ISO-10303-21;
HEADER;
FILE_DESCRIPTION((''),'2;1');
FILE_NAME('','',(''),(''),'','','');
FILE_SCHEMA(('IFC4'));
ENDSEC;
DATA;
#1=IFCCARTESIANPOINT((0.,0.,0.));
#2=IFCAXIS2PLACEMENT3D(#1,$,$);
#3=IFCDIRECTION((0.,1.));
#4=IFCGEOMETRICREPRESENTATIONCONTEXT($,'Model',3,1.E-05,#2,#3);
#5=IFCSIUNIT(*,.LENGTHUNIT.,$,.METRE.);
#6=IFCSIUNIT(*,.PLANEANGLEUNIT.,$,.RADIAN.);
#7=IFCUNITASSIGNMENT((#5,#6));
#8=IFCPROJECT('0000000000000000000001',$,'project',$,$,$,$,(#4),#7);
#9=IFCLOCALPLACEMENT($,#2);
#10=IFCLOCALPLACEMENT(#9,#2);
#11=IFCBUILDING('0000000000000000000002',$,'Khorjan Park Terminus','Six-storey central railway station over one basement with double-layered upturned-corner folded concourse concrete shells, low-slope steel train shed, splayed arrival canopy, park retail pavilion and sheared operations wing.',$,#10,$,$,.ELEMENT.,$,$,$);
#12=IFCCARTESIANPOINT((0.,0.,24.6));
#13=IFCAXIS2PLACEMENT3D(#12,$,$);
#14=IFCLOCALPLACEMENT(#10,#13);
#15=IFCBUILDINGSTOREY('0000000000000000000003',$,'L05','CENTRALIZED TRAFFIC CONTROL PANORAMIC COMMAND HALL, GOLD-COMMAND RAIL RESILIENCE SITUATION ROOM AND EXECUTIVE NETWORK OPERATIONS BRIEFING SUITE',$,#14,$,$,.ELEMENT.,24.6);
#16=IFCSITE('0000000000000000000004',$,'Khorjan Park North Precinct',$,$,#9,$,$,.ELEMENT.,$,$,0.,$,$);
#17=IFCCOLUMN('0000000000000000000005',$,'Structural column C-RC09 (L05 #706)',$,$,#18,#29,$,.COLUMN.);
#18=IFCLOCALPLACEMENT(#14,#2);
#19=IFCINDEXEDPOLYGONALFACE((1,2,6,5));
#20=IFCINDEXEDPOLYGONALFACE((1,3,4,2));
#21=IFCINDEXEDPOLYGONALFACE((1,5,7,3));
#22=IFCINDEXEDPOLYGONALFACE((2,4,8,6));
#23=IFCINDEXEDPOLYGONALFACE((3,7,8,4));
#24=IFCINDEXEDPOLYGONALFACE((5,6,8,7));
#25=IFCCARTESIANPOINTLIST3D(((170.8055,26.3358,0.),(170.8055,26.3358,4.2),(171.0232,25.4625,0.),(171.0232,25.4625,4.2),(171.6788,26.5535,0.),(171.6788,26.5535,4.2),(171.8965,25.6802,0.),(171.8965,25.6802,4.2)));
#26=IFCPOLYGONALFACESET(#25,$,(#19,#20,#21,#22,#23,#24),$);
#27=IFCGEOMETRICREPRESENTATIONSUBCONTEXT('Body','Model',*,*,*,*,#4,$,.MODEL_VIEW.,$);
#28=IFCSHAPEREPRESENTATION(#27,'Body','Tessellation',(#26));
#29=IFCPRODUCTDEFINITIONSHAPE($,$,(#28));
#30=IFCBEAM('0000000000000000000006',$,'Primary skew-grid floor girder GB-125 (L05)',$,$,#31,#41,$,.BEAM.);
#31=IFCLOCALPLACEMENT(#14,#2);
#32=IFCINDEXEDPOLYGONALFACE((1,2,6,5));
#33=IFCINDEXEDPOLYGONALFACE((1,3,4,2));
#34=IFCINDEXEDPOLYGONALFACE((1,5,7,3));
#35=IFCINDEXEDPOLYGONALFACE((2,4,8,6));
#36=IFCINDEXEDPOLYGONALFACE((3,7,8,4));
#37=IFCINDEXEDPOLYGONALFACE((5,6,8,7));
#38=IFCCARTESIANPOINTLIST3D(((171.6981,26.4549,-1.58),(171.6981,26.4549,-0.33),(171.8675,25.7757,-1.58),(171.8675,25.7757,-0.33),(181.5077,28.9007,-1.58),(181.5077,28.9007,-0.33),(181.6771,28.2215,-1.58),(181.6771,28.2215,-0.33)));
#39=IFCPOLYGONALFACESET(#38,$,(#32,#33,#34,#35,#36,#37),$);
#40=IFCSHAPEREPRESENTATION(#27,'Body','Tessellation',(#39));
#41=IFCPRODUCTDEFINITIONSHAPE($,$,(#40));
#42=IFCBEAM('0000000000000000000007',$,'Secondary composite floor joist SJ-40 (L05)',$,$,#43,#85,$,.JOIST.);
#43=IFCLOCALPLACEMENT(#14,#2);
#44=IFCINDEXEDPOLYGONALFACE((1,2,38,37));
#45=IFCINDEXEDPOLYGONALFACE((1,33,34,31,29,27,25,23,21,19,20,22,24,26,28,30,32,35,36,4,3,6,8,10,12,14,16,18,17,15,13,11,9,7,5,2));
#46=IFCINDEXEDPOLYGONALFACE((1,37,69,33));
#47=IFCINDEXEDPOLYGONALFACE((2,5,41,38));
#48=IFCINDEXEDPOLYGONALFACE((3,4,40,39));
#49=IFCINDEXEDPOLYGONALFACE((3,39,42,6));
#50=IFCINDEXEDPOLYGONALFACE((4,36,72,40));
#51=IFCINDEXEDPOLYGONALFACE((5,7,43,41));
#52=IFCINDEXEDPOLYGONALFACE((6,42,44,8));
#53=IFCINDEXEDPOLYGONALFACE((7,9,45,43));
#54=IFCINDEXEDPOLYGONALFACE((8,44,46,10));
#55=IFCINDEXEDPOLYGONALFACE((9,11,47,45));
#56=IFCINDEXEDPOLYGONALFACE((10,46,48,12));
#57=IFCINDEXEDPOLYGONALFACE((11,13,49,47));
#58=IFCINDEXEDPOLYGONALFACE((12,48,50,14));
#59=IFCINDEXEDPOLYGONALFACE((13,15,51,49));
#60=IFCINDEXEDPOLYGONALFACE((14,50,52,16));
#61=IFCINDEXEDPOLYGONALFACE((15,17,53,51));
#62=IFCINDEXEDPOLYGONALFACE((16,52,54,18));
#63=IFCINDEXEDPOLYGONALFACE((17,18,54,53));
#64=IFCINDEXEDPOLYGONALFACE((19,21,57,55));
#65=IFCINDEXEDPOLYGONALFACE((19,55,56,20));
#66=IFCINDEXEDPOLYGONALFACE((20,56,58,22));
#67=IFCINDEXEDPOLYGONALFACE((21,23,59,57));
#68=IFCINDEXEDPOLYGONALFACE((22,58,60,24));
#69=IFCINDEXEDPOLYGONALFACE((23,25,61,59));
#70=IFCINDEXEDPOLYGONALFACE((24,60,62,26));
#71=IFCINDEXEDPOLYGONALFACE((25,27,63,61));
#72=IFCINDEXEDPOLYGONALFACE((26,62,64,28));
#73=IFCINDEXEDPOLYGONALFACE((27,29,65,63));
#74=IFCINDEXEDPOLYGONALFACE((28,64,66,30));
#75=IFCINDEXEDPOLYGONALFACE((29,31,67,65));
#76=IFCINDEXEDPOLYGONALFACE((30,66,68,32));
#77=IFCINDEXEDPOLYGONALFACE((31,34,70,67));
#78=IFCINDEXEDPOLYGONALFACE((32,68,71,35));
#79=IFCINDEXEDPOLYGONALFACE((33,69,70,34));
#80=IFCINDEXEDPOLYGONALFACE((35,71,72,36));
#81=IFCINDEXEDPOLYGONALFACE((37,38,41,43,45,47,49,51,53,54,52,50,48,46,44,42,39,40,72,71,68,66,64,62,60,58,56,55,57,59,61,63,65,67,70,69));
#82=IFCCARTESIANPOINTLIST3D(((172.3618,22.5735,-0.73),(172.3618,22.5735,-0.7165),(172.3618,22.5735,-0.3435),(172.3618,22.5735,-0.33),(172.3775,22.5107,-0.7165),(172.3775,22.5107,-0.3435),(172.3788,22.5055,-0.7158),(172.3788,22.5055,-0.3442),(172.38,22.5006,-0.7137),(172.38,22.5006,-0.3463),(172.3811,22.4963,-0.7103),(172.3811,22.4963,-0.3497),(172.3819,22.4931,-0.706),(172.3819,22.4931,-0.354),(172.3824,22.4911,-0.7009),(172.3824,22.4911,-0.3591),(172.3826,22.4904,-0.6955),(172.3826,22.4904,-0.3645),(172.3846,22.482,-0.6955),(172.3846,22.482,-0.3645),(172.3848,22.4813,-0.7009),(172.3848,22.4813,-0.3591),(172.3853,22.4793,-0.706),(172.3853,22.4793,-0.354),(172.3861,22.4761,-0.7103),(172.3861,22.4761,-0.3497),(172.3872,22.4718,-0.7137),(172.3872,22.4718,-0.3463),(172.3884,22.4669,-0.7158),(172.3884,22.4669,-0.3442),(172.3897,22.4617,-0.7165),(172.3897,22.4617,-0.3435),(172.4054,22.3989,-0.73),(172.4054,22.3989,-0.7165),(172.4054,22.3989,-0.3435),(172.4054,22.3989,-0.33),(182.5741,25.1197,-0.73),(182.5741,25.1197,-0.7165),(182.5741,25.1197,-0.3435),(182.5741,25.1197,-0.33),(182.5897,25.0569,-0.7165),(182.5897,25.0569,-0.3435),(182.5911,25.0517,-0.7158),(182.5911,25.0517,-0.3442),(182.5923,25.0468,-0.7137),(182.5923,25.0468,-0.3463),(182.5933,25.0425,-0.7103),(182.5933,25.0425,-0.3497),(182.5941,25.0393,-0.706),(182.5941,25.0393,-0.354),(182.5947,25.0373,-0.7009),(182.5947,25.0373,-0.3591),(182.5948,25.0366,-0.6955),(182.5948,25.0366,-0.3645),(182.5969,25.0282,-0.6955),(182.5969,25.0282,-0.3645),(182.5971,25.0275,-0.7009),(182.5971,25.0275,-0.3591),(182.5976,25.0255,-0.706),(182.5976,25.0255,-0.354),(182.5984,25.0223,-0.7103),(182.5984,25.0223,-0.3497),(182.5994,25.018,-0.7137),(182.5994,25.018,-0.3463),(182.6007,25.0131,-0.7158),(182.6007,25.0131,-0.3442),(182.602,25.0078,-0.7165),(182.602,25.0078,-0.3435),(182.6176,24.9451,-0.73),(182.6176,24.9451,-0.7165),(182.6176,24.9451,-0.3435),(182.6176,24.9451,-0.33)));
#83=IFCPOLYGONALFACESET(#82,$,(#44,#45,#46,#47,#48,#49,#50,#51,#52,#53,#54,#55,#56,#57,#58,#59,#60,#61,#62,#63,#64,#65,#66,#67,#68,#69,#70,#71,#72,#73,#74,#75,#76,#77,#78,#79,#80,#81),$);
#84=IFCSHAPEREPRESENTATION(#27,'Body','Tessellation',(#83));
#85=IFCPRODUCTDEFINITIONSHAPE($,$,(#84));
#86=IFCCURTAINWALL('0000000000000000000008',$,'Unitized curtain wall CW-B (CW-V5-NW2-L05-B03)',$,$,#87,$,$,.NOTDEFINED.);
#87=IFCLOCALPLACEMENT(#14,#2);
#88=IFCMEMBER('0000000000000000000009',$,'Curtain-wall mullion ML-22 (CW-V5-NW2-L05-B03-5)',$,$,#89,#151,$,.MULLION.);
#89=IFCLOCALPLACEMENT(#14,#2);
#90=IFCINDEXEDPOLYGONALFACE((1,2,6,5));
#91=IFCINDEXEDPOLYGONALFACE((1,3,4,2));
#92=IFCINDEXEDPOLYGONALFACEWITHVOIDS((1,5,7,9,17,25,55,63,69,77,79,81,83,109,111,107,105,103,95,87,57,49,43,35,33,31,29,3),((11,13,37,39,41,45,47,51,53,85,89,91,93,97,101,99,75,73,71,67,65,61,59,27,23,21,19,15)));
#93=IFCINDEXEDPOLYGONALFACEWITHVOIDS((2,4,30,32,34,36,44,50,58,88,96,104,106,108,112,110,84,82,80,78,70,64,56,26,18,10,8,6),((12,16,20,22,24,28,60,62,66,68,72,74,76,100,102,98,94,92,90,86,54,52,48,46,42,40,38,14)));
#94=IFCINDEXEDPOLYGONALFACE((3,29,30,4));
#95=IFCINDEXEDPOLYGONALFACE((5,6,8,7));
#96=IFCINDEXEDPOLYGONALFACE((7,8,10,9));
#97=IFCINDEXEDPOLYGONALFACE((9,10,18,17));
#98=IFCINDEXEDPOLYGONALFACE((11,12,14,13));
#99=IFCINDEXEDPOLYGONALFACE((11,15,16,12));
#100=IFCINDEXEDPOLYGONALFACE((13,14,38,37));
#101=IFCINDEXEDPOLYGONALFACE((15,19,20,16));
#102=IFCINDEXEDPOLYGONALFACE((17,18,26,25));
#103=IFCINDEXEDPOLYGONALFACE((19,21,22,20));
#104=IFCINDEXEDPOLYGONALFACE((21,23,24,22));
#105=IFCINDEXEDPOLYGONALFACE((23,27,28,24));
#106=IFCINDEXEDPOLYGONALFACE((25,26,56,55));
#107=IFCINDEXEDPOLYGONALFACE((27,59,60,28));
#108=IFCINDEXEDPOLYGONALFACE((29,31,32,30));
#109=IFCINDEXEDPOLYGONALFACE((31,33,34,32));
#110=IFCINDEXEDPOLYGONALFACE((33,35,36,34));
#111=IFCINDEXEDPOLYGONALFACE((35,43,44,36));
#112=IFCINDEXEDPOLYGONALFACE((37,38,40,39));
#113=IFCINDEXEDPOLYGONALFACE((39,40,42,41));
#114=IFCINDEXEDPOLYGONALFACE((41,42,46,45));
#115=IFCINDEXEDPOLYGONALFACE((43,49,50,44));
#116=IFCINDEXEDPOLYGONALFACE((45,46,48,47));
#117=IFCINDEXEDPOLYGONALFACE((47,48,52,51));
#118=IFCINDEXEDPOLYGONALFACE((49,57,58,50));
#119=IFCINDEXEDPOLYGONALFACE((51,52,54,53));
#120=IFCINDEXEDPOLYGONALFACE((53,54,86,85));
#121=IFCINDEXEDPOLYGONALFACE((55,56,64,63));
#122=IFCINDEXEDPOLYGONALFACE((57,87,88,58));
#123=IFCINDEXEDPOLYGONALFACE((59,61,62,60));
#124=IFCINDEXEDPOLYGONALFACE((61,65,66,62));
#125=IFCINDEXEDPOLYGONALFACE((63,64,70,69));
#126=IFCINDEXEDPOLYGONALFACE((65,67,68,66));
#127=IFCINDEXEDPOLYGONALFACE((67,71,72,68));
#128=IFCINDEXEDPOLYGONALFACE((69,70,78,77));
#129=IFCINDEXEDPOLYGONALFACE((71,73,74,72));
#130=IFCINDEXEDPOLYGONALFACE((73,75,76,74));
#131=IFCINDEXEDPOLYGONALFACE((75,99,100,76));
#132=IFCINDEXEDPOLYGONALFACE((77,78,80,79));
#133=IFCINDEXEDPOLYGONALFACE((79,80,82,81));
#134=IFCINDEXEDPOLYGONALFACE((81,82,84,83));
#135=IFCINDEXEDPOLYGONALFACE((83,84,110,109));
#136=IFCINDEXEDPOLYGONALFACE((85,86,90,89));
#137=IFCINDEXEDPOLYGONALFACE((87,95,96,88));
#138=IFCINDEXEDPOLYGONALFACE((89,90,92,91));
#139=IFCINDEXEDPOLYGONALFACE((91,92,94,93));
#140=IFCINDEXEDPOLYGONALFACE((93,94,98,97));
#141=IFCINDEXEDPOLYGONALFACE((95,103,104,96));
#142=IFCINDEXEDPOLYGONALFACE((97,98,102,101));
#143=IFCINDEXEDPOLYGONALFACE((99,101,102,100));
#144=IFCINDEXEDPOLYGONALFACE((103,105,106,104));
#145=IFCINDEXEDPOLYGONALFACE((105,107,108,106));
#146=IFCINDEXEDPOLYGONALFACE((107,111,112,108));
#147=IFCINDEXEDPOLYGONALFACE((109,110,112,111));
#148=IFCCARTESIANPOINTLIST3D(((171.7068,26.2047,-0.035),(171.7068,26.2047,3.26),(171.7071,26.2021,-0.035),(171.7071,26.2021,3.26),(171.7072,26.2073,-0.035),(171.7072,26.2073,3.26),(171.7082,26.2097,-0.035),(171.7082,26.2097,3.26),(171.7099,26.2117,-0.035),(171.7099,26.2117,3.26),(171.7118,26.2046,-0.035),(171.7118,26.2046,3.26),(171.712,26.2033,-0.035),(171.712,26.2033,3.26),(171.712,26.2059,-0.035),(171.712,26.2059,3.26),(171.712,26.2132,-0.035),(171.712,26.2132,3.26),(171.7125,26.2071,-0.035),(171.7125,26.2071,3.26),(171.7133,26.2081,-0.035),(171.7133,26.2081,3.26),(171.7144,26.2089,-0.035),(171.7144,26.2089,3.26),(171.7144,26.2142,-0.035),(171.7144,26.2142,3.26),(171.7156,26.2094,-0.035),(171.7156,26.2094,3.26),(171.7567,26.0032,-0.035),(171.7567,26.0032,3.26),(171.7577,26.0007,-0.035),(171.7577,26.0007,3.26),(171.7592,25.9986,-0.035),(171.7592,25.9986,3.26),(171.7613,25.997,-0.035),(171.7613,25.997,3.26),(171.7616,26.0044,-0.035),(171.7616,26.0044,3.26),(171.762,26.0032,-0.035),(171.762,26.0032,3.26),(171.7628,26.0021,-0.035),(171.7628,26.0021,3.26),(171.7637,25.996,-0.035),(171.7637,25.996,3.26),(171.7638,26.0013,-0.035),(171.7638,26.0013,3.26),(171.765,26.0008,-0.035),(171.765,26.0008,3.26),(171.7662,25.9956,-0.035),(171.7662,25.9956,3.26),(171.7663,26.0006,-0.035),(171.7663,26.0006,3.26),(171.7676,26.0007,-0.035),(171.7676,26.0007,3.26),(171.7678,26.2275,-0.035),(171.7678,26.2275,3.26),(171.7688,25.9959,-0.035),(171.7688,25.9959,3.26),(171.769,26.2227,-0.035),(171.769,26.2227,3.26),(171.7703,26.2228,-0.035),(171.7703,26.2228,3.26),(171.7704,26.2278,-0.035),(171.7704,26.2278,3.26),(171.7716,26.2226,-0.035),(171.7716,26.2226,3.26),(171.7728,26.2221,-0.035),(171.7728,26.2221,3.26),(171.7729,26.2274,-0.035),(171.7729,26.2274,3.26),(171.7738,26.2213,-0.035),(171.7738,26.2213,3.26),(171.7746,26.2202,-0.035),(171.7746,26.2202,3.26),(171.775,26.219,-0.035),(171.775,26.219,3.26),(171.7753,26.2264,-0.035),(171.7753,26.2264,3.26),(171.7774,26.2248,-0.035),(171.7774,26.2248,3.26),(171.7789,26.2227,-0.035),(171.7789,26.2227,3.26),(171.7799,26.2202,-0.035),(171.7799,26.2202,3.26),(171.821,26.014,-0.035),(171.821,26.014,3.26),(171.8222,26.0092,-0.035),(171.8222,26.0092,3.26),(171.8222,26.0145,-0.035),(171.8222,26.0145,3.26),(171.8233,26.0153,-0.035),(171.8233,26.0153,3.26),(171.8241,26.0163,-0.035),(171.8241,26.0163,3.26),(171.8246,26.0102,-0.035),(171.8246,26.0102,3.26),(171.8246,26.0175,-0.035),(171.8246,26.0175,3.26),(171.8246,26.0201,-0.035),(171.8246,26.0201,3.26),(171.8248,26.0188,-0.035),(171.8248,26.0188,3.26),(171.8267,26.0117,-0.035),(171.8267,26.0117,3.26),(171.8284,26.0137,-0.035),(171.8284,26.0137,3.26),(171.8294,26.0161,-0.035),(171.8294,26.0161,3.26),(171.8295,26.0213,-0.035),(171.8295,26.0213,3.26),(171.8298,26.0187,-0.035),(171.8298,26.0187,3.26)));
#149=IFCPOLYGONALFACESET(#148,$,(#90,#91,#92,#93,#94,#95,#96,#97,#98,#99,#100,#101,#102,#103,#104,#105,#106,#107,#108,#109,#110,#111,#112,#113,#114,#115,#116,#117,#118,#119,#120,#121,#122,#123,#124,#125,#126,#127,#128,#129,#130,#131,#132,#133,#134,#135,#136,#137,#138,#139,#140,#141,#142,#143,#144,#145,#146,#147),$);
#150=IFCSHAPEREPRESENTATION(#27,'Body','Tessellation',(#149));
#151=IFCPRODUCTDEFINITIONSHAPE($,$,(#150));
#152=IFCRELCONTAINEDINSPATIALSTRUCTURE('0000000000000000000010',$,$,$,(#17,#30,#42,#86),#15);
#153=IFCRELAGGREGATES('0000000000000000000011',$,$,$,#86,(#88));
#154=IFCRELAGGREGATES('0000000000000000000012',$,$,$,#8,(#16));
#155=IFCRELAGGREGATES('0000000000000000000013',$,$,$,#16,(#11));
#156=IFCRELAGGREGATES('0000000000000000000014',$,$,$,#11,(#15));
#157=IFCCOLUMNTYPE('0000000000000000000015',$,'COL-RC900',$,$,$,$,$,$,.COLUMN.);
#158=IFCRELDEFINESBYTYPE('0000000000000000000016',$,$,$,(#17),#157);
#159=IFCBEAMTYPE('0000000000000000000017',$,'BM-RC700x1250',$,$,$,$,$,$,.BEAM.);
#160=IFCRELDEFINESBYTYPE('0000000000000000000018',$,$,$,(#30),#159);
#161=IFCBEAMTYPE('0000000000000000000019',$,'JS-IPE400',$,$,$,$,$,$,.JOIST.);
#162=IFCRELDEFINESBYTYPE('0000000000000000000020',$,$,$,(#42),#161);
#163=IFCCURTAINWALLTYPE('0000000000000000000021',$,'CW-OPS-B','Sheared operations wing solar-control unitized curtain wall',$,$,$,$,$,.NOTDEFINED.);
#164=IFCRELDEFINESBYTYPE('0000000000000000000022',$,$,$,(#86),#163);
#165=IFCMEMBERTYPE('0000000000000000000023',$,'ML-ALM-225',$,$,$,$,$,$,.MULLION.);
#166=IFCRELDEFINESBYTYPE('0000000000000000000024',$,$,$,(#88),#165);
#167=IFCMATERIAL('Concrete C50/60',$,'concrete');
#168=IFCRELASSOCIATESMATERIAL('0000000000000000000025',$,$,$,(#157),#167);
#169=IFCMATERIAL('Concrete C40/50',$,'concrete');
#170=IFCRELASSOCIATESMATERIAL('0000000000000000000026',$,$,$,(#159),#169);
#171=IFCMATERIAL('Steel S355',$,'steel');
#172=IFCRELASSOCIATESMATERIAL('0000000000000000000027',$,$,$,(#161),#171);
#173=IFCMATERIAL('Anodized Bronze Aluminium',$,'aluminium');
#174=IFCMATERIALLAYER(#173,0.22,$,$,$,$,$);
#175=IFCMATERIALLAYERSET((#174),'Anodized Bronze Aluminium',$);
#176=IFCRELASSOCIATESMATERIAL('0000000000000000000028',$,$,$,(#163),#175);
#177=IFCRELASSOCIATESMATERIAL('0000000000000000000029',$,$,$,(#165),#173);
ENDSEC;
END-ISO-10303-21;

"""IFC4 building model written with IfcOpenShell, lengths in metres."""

from ifc_helpers import new_model, si_unit, direction, frame, origin, origin_2d, place, context, subcontext, project, spatial, rectangle, hollow_rectangle, i_section, extrude, material, layer, layer_set, material_profile, profile_set, type_object, element, aggregate, save


model = new_model("IFC4")

# Units and contexts
model_context = context("Model", 3, precision=1e-05, world=origin(), true_north=direction((0.0, 1.0)))
body_context = subcontext(model_context, "Body", "Model", "MODEL_VIEW")
ifc_project = project(units=[si_unit("LENGTHUNIT", "METRE"), si_unit("PLANEANGLEUNIT", "RADIAN")], contexts=[model_context])

# Site, building, storey
site_placement = place(None, origin())
site = spatial("IfcSite", under=ifc_project, at=site_placement, Name="Khorjan Park North Precinct", CompositionType="ELEMENT", RefElevation=0.0)
building_placement = place(site_placement, origin())
building = spatial("IfcBuilding", under=site, at=building_placement, Name="Khorjan Park Terminus", Description="Six-storey central railway station over one basement with double-layered upturned-corner folded concourse concrete shells, low-slope steel train shed, splayed arrival canopy, park retail pavilion and sheared operations wing.", CompositionType="ELEMENT")
storey_placement = place(building_placement, frame((0.0, 0.0, 24.6)))
storey = spatial("IfcBuildingStorey", under=building, at=storey_placement, Name="L05", Description="CENTRALIZED TRAFFIC CONTROL PANORAMIC COMMAND HALL, GOLD-COMMAND RAIL RESILIENCE SITUATION ROOM AND EXECUTIVE NETWORK OPERATIONS BRIEFING SUITE", CompositionType="ELEMENT", Elevation=24.6)

# Column
ifc_material_1 = material(Name="Concrete C50/60", Category="concrete")
ifc_material_profile_1 = material_profile(ifc_material_1, rectangle(XDim=0.9, YDim=0.9, at=origin_2d()), Name="RC 900x900")
ifc_profile_set_1 = profile_set([ifc_material_profile_1], Name="Concrete C50/60")
column_type = type_object("IfcColumnType", Name="COL-RC900", PredefinedType="COLUMN", material=ifc_profile_set_1)
column_placement = place(storey_placement, frame((171.351, 26.008, 0.0), z_axis=(0.0, 0.0, 1.0), x_axis=(0.970296, 0.241922, 0.0)))
element("IfcColumn", 1, at=column_placement, inside=storey, type_object=column_type, Name="Structural column C-RC09 (L05 #706)", PredefinedType="COLUMN", context=body_context, shape_type="SweptSolid", body=[
    extrude(rectangle(XDim=0.9, YDim=0.9, at=origin_2d()), origin(), (0.0, 0.0, 1.0), 4.2),
])

# Beams
ifc_material_2 = material(Name="Concrete C40/50", Category="concrete")
ifc_material_profile_2 = material_profile(ifc_material_2, rectangle(XDim=0.7, YDim=1.25, at=origin_2d()), Name="RC 700x1250")
ifc_profile_set_2 = profile_set([ifc_material_profile_2], Name="Concrete C40/50")
beam_type_1 = type_object("IfcBeamType", Name="BM-RC700x1250", PredefinedType="BEAM", material=ifc_profile_set_2)
beam_1_placement = place(storey_placement, frame((171.7828, 26.1153, -0.955), z_axis=(0.970296, 0.241921, 0.0), x_axis=(-0.241921, 0.970296, 0.0)))
element("IfcBeam", 2, at=beam_1_placement, inside=storey, type_object=beam_type_1, Name="Primary skew-grid floor girder GB-125 (L05)", PredefinedType="BEAM", context=body_context, shape_type="SweptSolid", body=[
    extrude(rectangle(XDim=0.7, YDim=1.25, at=origin_2d()), origin(), (0.0, 0.0, 1.0), 10.1099),
])
ifc_material_3 = material(Name="Steel S355", Category="steel")
ifc_material_profile_3 = material_profile(ifc_material_3, i_section(OverallWidth=0.18, OverallDepth=0.4, WebThickness=0.0086, FlangeThickness=0.0135, FilletRadius=0.021, at=origin_2d()), Name="IPE 400")
ifc_profile_set_3 = profile_set([ifc_material_profile_3], Name="Steel S355")
beam_type_2 = type_object("IfcBeamType", Name="JS-IPE400", PredefinedType="JOIST", material=ifc_profile_set_3)
beam_2_placement = place(storey_placement, frame((172.3836, 22.4862, -0.53), z_axis=(0.970296, 0.241921, 0.0), x_axis=(-0.241921, 0.970296, 0.0)))
element("IfcBeam", 3, at=beam_2_placement, inside=storey, type_object=beam_type_2, Name="Secondary composite floor joist SJ-40 (L05)", PredefinedType="JOIST", context=body_context, shape_type="SweptSolid", body=[
    extrude(i_section(OverallWidth=0.18, OverallDepth=0.4, WebThickness=0.0086, FlangeThickness=0.0135, FilletRadius=0.021, at=origin_2d()), origin(), (0.0, 0.0, 1.0), 10.5249),
])

# Curtain wall, member
ifc_material_4 = material(Name="Anodized Bronze Aluminium", Category="aluminium")
ifc_layer_1 = layer(ifc_material_4, 0.22)
ifc_layer_set_1 = layer_set([ifc_layer_1], Name="Anodized Bronze Aluminium")
curtain_wall_type = type_object("IfcCurtainWallType", Name="CW-OPS-B", Description="Sheared operations wing solar-control unitized curtain wall", PredefinedType="NOTDEFINED", material=ifc_layer_set_1)
curtain_wall_1_placement = place(storey_placement, origin())
curtain_wall_1 = element("IfcCurtainWall", 4, at=curtain_wall_1_placement, inside=storey, type_object=curtain_wall_type, Name="Unitized curtain wall CW-B (CW-V5-NW2-L05-B03)", PredefinedType="NOTDEFINED")
ifc_material_profile_4 = material_profile(ifc_material_4, hollow_rectangle(XDim=0.075, YDim=0.225, WallThickness=0.005, InnerFilletRadius=0.005, OuterFilletRadius=0.01, at=origin_2d()), Name="ALM 75x225x5")
ifc_profile_set_4 = profile_set([ifc_material_profile_4], Name="Anodized Bronze Aluminium")
member_type_1 = type_object("IfcMemberType", Name="ML-ALM-225", PredefinedType="MULLION", material=ifc_profile_set_4)
member_1_placement = place(storey_placement, frame((171.7683, 26.1117, -0.035), z_axis=(0.0, 0.0, 1.0), x_axis=(-0.970296, -0.241921, 0.0)))
member_1 = element("IfcMember", 5, at=member_1_placement, type_object=member_type_1, Name="Curtain-wall mullion ML-22 (CW-V5-NW2-L05-B03-5)", PredefinedType="MULLION", context=body_context, shape_type="SweptSolid", body=[
    extrude(hollow_rectangle(XDim=0.075, YDim=0.225, WallThickness=0.005, InnerFilletRadius=0.005, OuterFilletRadius=0.01, at=origin_2d()), origin(), (0.0, 0.0, 1.0), 3.295),
])
aggregate(curtain_wall_1, [member_1])

save(model, "model.ifc")
